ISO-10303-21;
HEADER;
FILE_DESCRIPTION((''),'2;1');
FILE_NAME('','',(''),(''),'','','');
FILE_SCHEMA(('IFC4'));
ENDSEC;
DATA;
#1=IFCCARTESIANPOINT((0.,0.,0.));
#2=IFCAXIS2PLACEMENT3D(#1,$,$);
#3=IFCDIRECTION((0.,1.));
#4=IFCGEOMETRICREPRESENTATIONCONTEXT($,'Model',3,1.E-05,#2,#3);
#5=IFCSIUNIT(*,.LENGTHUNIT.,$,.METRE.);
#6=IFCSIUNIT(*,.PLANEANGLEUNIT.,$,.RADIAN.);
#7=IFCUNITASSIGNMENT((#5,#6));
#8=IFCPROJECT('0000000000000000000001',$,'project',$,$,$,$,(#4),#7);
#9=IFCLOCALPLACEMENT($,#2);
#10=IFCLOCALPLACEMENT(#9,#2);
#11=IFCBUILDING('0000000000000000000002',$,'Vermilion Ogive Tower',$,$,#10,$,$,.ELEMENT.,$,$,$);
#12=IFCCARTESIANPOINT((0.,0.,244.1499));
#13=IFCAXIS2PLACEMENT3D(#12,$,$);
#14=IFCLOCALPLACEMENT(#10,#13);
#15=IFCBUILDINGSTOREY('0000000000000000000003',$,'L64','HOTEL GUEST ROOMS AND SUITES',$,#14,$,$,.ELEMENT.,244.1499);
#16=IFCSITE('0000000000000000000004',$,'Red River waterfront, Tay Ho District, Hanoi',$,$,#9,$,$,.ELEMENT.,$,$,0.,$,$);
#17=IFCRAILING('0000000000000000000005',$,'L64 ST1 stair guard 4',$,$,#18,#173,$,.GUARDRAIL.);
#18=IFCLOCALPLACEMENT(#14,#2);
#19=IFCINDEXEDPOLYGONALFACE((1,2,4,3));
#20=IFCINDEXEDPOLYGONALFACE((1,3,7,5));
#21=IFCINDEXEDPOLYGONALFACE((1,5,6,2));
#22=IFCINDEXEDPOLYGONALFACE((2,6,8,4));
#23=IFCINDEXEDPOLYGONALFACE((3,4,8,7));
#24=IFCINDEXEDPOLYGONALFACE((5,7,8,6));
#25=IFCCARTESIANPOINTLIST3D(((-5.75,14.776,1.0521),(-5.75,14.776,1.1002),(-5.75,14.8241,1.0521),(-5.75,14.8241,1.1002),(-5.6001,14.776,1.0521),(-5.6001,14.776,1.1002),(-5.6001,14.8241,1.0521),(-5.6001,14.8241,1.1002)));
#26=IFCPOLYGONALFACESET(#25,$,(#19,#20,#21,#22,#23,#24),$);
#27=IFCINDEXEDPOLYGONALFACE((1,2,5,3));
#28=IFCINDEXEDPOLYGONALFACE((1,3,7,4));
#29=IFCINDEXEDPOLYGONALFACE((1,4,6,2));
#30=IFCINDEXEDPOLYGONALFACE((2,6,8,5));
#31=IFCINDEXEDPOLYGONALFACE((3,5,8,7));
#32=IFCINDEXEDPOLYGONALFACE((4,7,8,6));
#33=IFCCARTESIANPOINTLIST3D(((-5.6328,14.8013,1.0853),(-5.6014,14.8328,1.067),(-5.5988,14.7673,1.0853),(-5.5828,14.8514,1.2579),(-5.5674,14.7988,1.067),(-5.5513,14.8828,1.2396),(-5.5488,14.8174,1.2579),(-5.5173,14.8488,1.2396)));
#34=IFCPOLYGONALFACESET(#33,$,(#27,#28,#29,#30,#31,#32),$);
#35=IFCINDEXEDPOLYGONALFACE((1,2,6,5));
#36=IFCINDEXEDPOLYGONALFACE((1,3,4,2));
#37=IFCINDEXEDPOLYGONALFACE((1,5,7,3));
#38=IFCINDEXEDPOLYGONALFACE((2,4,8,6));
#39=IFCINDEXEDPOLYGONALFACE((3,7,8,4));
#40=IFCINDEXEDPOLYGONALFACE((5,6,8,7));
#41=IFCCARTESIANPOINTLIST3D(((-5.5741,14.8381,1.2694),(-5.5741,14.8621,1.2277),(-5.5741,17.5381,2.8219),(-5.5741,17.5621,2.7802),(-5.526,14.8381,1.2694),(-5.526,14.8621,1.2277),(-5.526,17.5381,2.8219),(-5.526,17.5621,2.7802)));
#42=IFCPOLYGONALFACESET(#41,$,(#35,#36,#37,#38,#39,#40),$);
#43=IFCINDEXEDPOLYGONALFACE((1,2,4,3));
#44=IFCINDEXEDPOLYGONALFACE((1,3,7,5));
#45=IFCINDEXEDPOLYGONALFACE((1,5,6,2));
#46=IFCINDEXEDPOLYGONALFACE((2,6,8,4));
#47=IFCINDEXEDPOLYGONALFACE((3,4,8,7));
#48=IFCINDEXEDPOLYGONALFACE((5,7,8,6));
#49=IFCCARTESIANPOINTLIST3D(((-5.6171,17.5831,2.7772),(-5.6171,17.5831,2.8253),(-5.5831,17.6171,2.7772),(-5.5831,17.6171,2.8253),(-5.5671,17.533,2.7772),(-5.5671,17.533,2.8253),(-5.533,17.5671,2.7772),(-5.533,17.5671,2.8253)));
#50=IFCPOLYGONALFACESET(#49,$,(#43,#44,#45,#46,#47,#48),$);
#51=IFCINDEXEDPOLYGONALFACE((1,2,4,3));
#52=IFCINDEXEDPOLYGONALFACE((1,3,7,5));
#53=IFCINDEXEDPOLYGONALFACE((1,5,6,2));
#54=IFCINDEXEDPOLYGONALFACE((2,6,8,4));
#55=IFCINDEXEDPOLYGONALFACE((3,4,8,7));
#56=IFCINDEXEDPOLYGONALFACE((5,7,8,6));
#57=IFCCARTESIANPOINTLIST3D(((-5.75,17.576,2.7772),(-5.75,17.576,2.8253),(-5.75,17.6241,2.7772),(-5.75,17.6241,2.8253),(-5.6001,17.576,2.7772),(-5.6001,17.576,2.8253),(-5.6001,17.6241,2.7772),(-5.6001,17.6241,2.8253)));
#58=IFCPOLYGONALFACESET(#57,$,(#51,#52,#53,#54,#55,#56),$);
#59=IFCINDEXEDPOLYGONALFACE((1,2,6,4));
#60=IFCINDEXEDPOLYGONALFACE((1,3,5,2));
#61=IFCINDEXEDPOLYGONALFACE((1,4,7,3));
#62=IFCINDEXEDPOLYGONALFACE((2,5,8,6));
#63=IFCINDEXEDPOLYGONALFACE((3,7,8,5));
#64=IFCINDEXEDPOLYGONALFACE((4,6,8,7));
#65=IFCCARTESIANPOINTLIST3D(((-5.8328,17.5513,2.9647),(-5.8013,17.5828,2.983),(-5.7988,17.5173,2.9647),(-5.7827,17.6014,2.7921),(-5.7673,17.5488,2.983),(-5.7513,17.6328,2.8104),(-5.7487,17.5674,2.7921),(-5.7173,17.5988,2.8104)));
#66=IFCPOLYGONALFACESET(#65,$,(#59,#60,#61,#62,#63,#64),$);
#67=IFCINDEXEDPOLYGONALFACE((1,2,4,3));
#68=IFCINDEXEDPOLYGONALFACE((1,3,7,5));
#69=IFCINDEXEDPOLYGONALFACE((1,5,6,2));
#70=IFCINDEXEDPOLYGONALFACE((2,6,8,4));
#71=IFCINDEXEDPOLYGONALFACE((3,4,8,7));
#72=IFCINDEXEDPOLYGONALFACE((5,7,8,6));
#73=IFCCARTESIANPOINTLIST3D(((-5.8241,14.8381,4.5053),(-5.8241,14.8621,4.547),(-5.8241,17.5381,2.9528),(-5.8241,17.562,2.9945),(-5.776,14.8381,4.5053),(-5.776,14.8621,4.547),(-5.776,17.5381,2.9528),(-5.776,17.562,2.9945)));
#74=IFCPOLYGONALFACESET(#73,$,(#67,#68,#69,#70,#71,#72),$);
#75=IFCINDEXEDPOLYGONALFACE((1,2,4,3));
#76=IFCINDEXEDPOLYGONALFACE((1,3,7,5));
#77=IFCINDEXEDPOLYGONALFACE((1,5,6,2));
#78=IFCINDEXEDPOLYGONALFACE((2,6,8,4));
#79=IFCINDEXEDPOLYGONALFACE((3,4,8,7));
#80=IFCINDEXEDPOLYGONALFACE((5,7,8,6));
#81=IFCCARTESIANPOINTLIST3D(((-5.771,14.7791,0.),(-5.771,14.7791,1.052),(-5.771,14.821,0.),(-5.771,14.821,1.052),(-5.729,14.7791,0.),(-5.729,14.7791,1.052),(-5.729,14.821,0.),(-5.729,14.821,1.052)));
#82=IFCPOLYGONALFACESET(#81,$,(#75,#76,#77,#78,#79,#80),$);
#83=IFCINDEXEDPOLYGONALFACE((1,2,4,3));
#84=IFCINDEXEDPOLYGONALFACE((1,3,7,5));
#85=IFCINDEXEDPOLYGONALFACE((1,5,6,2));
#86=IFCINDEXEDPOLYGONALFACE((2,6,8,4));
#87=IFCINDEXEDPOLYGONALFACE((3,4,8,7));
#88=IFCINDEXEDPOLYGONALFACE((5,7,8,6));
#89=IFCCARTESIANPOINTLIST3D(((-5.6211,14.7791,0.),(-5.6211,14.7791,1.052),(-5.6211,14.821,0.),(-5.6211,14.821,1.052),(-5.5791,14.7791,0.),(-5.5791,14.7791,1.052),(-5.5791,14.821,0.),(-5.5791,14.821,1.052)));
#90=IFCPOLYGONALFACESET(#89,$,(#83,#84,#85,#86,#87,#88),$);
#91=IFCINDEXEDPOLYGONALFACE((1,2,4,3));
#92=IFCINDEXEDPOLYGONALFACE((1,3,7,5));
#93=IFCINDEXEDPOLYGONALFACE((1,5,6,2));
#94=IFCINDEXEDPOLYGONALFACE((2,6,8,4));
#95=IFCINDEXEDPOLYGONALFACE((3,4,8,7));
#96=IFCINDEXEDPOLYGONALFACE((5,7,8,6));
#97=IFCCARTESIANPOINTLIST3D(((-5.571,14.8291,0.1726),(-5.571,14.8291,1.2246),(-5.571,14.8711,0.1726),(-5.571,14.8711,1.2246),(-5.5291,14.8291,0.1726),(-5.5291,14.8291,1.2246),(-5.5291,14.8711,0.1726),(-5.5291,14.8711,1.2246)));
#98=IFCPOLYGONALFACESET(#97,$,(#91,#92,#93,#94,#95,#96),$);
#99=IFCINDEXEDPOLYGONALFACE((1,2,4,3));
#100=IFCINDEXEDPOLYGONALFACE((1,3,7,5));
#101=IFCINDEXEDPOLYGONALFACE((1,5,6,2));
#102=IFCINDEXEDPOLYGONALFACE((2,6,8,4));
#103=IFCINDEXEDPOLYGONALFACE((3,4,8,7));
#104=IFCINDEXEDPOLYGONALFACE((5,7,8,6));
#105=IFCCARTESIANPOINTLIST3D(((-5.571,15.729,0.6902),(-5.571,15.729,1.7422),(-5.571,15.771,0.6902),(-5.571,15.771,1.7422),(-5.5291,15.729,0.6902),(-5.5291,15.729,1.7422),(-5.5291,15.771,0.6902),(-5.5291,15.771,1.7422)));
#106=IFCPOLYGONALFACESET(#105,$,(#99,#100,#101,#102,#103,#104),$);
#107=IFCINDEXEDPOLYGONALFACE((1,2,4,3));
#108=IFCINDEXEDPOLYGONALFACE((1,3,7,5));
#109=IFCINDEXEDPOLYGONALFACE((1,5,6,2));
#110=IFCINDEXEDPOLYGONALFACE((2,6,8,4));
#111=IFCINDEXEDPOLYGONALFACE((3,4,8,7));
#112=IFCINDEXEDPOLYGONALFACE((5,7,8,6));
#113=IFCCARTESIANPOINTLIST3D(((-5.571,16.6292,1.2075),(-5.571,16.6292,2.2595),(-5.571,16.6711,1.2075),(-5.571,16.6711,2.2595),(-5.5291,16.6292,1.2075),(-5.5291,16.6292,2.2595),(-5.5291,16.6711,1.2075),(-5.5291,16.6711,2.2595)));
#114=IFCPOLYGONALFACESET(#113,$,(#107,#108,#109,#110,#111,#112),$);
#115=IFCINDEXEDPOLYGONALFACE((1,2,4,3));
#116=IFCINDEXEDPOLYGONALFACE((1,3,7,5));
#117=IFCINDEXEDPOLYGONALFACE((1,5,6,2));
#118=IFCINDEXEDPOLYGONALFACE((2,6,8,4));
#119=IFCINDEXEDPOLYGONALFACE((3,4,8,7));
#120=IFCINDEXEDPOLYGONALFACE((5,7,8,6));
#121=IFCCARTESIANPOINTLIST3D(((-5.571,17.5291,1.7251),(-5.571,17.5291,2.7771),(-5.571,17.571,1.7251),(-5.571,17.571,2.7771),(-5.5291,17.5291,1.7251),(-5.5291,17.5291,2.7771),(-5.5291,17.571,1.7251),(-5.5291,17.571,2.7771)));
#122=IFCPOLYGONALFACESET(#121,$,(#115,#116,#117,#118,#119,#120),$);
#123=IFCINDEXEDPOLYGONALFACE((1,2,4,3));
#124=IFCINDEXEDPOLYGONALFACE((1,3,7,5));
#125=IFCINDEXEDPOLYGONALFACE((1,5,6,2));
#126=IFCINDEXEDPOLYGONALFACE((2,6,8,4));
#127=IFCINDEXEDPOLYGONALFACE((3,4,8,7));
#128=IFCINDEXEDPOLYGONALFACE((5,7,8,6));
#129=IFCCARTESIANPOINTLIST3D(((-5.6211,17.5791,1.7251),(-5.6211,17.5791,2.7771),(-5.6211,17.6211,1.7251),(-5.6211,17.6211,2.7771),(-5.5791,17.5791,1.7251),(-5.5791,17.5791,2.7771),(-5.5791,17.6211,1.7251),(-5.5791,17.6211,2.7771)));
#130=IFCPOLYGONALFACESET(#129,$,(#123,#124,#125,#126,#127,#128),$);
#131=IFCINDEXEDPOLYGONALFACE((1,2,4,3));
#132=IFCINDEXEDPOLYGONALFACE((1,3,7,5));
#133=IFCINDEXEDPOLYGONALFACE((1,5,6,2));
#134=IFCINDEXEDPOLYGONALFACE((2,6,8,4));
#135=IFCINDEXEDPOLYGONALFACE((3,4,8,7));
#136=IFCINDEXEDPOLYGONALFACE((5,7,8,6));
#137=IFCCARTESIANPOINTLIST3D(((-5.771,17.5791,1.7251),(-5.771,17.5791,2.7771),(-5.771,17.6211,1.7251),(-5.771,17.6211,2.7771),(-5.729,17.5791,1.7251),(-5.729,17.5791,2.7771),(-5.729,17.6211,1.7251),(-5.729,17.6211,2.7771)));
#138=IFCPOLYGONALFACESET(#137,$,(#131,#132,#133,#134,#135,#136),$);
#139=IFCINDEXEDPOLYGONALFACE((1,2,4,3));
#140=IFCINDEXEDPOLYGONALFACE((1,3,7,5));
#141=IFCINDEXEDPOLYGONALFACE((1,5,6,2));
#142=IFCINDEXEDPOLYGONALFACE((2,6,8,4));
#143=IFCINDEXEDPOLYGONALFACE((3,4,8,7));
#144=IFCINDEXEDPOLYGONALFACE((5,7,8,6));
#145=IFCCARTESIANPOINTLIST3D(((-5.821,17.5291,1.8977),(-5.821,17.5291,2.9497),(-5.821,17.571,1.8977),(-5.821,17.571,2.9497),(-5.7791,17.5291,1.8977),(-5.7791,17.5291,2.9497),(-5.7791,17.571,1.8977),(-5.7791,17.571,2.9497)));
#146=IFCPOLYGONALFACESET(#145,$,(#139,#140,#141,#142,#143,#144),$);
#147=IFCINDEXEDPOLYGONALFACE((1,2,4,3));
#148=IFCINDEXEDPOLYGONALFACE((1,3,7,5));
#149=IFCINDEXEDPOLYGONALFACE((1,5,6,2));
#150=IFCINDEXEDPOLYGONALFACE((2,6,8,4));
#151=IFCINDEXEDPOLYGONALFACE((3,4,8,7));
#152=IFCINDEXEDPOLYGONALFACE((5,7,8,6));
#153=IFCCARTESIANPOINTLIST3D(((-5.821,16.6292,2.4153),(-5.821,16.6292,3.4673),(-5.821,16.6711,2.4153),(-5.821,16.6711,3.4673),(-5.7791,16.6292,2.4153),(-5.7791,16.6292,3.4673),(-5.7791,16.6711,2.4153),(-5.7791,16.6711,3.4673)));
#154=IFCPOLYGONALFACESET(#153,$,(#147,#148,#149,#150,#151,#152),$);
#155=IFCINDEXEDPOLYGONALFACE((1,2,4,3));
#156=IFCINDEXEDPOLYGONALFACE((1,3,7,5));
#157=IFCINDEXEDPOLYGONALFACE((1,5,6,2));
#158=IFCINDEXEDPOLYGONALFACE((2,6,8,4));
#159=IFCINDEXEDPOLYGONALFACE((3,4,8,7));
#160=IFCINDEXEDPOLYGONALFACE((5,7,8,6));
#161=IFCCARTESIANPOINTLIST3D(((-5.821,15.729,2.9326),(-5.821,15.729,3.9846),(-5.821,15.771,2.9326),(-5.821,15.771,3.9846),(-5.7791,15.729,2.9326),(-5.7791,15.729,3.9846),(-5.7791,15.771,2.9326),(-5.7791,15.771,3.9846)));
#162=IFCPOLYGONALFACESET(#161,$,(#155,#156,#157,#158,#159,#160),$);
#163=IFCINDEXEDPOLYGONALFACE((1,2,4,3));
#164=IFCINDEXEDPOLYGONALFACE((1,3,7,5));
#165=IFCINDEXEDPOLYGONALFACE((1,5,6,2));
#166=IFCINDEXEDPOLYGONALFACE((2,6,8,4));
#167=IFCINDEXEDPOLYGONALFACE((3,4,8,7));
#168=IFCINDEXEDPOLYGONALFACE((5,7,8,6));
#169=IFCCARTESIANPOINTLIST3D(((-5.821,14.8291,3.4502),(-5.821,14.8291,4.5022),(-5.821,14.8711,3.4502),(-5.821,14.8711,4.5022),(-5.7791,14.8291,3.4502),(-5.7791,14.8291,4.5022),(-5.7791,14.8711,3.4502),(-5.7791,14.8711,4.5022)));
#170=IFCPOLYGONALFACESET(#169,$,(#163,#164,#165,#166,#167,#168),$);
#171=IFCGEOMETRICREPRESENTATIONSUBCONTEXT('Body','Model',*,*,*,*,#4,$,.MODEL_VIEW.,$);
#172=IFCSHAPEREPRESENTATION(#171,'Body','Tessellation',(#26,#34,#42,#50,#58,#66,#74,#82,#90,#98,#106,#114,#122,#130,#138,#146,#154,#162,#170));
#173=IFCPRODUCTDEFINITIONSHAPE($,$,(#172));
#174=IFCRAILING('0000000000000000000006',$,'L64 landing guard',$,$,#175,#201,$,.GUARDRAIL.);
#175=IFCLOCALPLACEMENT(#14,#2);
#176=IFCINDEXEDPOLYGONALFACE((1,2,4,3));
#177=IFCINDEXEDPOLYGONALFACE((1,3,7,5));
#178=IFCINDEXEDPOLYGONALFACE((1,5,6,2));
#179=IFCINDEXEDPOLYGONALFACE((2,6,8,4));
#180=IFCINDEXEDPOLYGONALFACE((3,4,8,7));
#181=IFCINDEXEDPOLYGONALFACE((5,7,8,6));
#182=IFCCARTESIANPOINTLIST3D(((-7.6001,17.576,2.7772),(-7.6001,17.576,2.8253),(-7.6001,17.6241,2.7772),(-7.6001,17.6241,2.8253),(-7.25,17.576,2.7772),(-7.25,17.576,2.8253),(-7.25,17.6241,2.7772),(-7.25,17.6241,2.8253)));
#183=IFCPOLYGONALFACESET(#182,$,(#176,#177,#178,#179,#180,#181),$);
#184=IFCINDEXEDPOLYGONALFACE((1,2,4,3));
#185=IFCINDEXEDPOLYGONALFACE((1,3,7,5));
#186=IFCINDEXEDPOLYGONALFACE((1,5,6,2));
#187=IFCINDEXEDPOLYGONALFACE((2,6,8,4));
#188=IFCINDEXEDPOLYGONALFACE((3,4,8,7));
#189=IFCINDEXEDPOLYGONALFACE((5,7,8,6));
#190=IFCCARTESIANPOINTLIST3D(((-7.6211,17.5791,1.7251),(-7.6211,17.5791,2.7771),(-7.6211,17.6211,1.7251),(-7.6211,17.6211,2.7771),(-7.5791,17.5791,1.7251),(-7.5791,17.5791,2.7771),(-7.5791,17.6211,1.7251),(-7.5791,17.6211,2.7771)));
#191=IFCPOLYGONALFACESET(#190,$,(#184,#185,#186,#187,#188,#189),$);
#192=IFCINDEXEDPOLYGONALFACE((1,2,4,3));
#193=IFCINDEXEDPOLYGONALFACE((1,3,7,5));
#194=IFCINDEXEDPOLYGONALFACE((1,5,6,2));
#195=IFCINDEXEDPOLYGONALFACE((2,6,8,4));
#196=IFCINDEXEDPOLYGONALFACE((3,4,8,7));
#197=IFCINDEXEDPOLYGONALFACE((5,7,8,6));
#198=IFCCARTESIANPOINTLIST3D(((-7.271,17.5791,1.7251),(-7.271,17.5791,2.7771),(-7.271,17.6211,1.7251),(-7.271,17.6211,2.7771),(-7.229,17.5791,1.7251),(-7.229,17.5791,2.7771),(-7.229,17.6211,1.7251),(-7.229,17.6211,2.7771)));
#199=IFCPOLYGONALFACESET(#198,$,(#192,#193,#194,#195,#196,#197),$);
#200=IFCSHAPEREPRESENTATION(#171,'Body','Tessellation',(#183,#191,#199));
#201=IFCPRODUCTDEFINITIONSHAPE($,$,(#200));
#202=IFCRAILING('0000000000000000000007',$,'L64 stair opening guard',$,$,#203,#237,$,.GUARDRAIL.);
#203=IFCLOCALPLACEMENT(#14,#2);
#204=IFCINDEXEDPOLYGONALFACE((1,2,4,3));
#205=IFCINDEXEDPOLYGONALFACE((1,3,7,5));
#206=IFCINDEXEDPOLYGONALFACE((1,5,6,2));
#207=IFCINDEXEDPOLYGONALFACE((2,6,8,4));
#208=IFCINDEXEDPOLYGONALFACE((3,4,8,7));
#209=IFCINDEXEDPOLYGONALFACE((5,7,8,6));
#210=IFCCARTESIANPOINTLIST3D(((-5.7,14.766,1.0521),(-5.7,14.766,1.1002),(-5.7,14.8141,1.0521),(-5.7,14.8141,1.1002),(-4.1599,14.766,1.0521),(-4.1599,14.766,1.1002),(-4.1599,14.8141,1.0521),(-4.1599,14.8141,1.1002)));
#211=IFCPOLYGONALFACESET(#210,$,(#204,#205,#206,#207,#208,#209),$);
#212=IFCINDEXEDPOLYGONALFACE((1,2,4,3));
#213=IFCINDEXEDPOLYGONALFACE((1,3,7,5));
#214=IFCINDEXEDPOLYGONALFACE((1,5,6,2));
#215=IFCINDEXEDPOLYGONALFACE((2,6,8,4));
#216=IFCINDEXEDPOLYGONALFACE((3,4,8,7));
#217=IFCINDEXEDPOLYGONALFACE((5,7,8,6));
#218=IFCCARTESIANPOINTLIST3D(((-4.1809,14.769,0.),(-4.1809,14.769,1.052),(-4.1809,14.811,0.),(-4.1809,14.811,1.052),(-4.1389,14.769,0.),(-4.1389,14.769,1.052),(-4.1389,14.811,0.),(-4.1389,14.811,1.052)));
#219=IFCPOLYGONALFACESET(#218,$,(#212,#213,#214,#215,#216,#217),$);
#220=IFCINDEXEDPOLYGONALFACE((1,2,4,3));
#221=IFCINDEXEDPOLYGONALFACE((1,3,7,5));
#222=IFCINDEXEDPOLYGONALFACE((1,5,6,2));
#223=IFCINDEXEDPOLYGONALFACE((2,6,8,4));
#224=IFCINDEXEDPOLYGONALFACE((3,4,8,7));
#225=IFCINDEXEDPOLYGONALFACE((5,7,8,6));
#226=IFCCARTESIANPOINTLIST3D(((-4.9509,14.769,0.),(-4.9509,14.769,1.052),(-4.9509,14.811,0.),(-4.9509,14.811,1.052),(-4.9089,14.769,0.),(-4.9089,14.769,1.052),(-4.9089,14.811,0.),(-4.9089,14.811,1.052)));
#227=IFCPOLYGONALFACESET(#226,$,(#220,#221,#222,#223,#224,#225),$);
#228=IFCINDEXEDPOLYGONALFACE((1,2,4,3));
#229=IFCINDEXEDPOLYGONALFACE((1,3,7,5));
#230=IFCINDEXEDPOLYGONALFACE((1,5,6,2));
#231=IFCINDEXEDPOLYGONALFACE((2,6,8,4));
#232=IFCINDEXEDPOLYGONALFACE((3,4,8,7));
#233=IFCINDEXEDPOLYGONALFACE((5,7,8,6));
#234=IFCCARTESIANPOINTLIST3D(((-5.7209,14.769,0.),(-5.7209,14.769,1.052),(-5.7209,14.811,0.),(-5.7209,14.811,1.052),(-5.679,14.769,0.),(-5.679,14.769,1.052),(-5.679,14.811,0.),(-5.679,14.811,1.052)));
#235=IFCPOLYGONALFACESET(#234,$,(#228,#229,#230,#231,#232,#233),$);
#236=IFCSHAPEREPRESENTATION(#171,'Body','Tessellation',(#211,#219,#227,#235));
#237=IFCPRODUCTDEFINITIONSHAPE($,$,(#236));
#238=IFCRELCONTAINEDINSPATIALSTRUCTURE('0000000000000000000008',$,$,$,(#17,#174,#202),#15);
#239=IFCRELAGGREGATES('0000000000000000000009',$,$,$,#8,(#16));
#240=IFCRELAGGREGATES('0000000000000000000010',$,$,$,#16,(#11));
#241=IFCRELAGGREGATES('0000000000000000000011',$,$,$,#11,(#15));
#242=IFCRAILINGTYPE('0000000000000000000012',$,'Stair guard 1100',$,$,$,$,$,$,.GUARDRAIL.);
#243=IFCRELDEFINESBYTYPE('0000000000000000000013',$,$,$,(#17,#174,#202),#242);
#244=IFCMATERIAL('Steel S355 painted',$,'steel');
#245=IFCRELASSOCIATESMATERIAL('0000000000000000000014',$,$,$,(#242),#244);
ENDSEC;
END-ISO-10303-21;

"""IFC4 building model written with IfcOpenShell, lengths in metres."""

from ifc_helpers import new_model, si_unit, direction, frame, origin, origin_2d, place, context, subcontext, project, spatial, rectangle, extrude, material, type_object, element, save


model = new_model("IFC4")

# Units and contexts
model_context = context("Model", 3, precision=1e-05, world=origin(), true_north=direction((0.0, 1.0)))
body_context = subcontext(model_context, "Body", "Model", "MODEL_VIEW")
ifc_project = project(units=[si_unit("LENGTHUNIT", "METRE"), si_unit("PLANEANGLEUNIT", "RADIAN")], contexts=[model_context])

# Site, building, storey
site_placement = place(None, origin())
site = spatial("IfcSite", under=ifc_project, at=site_placement, Name="Red River waterfront, Tay Ho District, Hanoi", CompositionType="ELEMENT", RefElevation=0.0)
building_placement = place(site_placement, origin())
building = spatial("IfcBuilding", under=site, at=building_placement, Name="Vermilion Ogive Tower", CompositionType="ELEMENT")
storey_placement = place(building_placement, frame((0.0, 0.0, 244.1499)))
storey = spatial("IfcBuildingStorey", under=building, at=storey_placement, Name="L64", Description="HOTEL GUEST ROOMS AND SUITES", CompositionType="ELEMENT", Elevation=244.1499)

# Railings
ifc_material_1 = material(Name="Steel S355 painted", Category="steel")
railing_type_1 = type_object("IfcRailingType", Name="Stair guard 1100", PredefinedType="GUARDRAIL", material=ifc_material_1)
railing_1_placement = place(storey_placement, frame((-5.75, 14.8, 0.0)))
element("IfcRailing", 1, at=railing_1_placement, inside=storey, type_object=railing_type_1, Name="L64 ST1 stair guard 4", PredefinedType="GUARDRAIL", context=body_context, shape_type="SweptSolid", body=[
    extrude(rectangle(XDim=0.0481, YDim=0.0481, at=origin_2d()), frame((0.0, 0.0, 1.0762), z_axis=(1.0, 0.0, 0.0), x_axis=(0.0, 1.0, 0.0)), (0.0, 0.0, 1.0), 0.1499),
    extrude(rectangle(XDim=0.0481, YDim=0.0481, at=origin_2d()), frame((0.1499, 0.0, 1.0762), z_axis=(0.268278, 0.268278, 0.925232), x_axis=(-0.707107, 0.707107, 0.0)), (0.0, 0.0, 1.0), 0.1865),
    extrude(rectangle(XDim=0.0481, YDim=0.0481, at=origin_2d()), frame((0.2, 0.05, 1.2485), z_axis=(0.0, 0.866904, 0.498476), x_axis=(-1.0, 0.0, 0.0)), (0.0, 0.0, 1.0), 3.1145),
    extrude(rectangle(XDim=0.0481, YDim=0.0481, at=origin_2d()), frame((0.2, 2.75, 2.8013), z_axis=(-0.707107, 0.707107, 0.0), x_axis=(-0.707107, -0.707107, 0.0)), (0.0, 0.0, 1.0), 0.0708),
    extrude(rectangle(XDim=0.0481, YDim=0.0481, at=origin_2d()), frame((0.1499, 2.8, 2.8013), z_axis=(-1.0, 0.0, 0.0), x_axis=(0.0, -1.0, 0.0)), (0.0, 0.0, 1.0), 0.1499),
    extrude(rectangle(XDim=0.0481, YDim=0.0481, at=origin_2d()), frame((0.0, 2.8, 2.8013), z_axis=(-0.268278, -0.268278, 0.925232), x_axis=(0.707107, -0.707107, 0.0)), (0.0, 0.0, 1.0), 0.1865),
    extrude(rectangle(XDim=0.0481, YDim=0.0481, at=origin_2d()), frame((-0.05, 2.75, 2.9736), z_axis=(0.0, -0.866904, 0.498476), x_axis=(1.0, 0.0, 0.0)), (0.0, 0.0, 1.0), 3.1145),
    extrude(rectangle(XDim=0.042, YDim=0.042, at=origin_2d()), origin(), (0.0, 0.0, 1.0), 1.052),
    extrude(rectangle(XDim=0.042, YDim=0.042, at=origin_2d()), frame((0.1499, 0.0, 0.0)), (0.0, 0.0, 1.0), 1.052),
    extrude(rectangle(XDim=0.042, YDim=0.042, at=origin_2d()), frame((0.2, 0.05, 0.1726)), (0.0, 0.0, 1.0), 1.052),
    extrude(rectangle(XDim=0.042, YDim=0.042, at=origin_2d()), frame((0.2, 0.95, 0.6902)), (0.0, 0.0, 1.0), 1.052),
    extrude(rectangle(XDim=0.042, YDim=0.042, at=origin_2d()), frame((0.2, 1.8501, 1.2075)), (0.0, 0.0, 1.0), 1.052),
    extrude(rectangle(XDim=0.042, YDim=0.042, at=origin_2d()), frame((0.2, 2.75, 1.7251)), (0.0, 0.0, 1.0), 1.052),
    extrude(rectangle(XDim=0.042, YDim=0.042, at=origin_2d()), frame((0.1499, 2.8, 1.7251)), (0.0, 0.0, 1.0), 1.052),
    extrude(rectangle(XDim=0.042, YDim=0.042, at=origin_2d()), frame((0.0, 2.8, 1.7251)), (0.0, 0.0, 1.0), 1.052),
    extrude(rectangle(XDim=0.042, YDim=0.042, at=origin_2d()), frame((-0.05, 2.75, 1.8977)), (0.0, 0.0, 1.0), 1.052),
    extrude(rectangle(XDim=0.042, YDim=0.042, at=origin_2d()), frame((-0.05, 1.8501, 2.4153)), (0.0, 0.0, 1.0), 1.052),
    extrude(rectangle(XDim=0.042, YDim=0.042, at=origin_2d()), frame((-0.05, 0.95, 2.9326)), (0.0, 0.0, 1.0), 1.052),
    extrude(rectangle(XDim=0.042, YDim=0.042, at=origin_2d()), frame((-0.05, 0.05, 3.4502)), (0.0, 0.0, 1.0), 1.052),
])
railing_2_placement = place(storey_placement, frame((-7.6001, 17.6001, 1.7251)))
element("IfcRailing", 2, at=railing_2_placement, inside=storey, type_object=railing_type_1, Name="L64 landing guard", PredefinedType="GUARDRAIL", context=body_context, shape_type="SweptSolid", body=[
    extrude(rectangle(XDim=0.0481, YDim=0.0481, at=origin_2d()), frame((0.0, 0.0, 1.0762), z_axis=(1.0, 0.0, 0.0), x_axis=(0.0, 1.0, 0.0)), (0.0, 0.0, 1.0), 0.3501),
    extrude(rectangle(XDim=0.042, YDim=0.042, at=origin_2d()), origin(), (0.0, 0.0, 1.0), 1.052),
    extrude(rectangle(XDim=0.042, YDim=0.042, at=origin_2d()), frame((0.3501, 0.0, 0.0)), (0.0, 0.0, 1.0), 1.052),
])
railing_3_placement = place(storey_placement, frame((-4.1599, 14.79, 0.0)))
element("IfcRailing", 3, at=railing_3_placement, inside=storey, type_object=railing_type_1, Name="L64 stair opening guard", PredefinedType="GUARDRAIL", context=body_context, shape_type="SweptSolid", body=[
    extrude(rectangle(XDim=0.0481, YDim=0.0481, at=origin_2d()), frame((0.0, 0.0, 1.0762), z_axis=(-1.0, 0.0, 0.0), x_axis=(0.0, -1.0, 0.0)), (0.0, 0.0, 1.0), 1.54),
    extrude(rectangle(XDim=0.042, YDim=0.042, at=origin_2d()), origin(), (0.0, 0.0, 1.0), 1.052),
    extrude(rectangle(XDim=0.042, YDim=0.042, at=origin_2d()), frame((-0.77, 0.0, 0.0)), (0.0, 0.0, 1.0), 1.052),
    extrude(rectangle(XDim=0.042, YDim=0.042, at=origin_2d()), frame((-1.54, 0.0, 0.0)), (0.0, 0.0, 1.0), 1.052),
])

save(model, "model.ifc")
